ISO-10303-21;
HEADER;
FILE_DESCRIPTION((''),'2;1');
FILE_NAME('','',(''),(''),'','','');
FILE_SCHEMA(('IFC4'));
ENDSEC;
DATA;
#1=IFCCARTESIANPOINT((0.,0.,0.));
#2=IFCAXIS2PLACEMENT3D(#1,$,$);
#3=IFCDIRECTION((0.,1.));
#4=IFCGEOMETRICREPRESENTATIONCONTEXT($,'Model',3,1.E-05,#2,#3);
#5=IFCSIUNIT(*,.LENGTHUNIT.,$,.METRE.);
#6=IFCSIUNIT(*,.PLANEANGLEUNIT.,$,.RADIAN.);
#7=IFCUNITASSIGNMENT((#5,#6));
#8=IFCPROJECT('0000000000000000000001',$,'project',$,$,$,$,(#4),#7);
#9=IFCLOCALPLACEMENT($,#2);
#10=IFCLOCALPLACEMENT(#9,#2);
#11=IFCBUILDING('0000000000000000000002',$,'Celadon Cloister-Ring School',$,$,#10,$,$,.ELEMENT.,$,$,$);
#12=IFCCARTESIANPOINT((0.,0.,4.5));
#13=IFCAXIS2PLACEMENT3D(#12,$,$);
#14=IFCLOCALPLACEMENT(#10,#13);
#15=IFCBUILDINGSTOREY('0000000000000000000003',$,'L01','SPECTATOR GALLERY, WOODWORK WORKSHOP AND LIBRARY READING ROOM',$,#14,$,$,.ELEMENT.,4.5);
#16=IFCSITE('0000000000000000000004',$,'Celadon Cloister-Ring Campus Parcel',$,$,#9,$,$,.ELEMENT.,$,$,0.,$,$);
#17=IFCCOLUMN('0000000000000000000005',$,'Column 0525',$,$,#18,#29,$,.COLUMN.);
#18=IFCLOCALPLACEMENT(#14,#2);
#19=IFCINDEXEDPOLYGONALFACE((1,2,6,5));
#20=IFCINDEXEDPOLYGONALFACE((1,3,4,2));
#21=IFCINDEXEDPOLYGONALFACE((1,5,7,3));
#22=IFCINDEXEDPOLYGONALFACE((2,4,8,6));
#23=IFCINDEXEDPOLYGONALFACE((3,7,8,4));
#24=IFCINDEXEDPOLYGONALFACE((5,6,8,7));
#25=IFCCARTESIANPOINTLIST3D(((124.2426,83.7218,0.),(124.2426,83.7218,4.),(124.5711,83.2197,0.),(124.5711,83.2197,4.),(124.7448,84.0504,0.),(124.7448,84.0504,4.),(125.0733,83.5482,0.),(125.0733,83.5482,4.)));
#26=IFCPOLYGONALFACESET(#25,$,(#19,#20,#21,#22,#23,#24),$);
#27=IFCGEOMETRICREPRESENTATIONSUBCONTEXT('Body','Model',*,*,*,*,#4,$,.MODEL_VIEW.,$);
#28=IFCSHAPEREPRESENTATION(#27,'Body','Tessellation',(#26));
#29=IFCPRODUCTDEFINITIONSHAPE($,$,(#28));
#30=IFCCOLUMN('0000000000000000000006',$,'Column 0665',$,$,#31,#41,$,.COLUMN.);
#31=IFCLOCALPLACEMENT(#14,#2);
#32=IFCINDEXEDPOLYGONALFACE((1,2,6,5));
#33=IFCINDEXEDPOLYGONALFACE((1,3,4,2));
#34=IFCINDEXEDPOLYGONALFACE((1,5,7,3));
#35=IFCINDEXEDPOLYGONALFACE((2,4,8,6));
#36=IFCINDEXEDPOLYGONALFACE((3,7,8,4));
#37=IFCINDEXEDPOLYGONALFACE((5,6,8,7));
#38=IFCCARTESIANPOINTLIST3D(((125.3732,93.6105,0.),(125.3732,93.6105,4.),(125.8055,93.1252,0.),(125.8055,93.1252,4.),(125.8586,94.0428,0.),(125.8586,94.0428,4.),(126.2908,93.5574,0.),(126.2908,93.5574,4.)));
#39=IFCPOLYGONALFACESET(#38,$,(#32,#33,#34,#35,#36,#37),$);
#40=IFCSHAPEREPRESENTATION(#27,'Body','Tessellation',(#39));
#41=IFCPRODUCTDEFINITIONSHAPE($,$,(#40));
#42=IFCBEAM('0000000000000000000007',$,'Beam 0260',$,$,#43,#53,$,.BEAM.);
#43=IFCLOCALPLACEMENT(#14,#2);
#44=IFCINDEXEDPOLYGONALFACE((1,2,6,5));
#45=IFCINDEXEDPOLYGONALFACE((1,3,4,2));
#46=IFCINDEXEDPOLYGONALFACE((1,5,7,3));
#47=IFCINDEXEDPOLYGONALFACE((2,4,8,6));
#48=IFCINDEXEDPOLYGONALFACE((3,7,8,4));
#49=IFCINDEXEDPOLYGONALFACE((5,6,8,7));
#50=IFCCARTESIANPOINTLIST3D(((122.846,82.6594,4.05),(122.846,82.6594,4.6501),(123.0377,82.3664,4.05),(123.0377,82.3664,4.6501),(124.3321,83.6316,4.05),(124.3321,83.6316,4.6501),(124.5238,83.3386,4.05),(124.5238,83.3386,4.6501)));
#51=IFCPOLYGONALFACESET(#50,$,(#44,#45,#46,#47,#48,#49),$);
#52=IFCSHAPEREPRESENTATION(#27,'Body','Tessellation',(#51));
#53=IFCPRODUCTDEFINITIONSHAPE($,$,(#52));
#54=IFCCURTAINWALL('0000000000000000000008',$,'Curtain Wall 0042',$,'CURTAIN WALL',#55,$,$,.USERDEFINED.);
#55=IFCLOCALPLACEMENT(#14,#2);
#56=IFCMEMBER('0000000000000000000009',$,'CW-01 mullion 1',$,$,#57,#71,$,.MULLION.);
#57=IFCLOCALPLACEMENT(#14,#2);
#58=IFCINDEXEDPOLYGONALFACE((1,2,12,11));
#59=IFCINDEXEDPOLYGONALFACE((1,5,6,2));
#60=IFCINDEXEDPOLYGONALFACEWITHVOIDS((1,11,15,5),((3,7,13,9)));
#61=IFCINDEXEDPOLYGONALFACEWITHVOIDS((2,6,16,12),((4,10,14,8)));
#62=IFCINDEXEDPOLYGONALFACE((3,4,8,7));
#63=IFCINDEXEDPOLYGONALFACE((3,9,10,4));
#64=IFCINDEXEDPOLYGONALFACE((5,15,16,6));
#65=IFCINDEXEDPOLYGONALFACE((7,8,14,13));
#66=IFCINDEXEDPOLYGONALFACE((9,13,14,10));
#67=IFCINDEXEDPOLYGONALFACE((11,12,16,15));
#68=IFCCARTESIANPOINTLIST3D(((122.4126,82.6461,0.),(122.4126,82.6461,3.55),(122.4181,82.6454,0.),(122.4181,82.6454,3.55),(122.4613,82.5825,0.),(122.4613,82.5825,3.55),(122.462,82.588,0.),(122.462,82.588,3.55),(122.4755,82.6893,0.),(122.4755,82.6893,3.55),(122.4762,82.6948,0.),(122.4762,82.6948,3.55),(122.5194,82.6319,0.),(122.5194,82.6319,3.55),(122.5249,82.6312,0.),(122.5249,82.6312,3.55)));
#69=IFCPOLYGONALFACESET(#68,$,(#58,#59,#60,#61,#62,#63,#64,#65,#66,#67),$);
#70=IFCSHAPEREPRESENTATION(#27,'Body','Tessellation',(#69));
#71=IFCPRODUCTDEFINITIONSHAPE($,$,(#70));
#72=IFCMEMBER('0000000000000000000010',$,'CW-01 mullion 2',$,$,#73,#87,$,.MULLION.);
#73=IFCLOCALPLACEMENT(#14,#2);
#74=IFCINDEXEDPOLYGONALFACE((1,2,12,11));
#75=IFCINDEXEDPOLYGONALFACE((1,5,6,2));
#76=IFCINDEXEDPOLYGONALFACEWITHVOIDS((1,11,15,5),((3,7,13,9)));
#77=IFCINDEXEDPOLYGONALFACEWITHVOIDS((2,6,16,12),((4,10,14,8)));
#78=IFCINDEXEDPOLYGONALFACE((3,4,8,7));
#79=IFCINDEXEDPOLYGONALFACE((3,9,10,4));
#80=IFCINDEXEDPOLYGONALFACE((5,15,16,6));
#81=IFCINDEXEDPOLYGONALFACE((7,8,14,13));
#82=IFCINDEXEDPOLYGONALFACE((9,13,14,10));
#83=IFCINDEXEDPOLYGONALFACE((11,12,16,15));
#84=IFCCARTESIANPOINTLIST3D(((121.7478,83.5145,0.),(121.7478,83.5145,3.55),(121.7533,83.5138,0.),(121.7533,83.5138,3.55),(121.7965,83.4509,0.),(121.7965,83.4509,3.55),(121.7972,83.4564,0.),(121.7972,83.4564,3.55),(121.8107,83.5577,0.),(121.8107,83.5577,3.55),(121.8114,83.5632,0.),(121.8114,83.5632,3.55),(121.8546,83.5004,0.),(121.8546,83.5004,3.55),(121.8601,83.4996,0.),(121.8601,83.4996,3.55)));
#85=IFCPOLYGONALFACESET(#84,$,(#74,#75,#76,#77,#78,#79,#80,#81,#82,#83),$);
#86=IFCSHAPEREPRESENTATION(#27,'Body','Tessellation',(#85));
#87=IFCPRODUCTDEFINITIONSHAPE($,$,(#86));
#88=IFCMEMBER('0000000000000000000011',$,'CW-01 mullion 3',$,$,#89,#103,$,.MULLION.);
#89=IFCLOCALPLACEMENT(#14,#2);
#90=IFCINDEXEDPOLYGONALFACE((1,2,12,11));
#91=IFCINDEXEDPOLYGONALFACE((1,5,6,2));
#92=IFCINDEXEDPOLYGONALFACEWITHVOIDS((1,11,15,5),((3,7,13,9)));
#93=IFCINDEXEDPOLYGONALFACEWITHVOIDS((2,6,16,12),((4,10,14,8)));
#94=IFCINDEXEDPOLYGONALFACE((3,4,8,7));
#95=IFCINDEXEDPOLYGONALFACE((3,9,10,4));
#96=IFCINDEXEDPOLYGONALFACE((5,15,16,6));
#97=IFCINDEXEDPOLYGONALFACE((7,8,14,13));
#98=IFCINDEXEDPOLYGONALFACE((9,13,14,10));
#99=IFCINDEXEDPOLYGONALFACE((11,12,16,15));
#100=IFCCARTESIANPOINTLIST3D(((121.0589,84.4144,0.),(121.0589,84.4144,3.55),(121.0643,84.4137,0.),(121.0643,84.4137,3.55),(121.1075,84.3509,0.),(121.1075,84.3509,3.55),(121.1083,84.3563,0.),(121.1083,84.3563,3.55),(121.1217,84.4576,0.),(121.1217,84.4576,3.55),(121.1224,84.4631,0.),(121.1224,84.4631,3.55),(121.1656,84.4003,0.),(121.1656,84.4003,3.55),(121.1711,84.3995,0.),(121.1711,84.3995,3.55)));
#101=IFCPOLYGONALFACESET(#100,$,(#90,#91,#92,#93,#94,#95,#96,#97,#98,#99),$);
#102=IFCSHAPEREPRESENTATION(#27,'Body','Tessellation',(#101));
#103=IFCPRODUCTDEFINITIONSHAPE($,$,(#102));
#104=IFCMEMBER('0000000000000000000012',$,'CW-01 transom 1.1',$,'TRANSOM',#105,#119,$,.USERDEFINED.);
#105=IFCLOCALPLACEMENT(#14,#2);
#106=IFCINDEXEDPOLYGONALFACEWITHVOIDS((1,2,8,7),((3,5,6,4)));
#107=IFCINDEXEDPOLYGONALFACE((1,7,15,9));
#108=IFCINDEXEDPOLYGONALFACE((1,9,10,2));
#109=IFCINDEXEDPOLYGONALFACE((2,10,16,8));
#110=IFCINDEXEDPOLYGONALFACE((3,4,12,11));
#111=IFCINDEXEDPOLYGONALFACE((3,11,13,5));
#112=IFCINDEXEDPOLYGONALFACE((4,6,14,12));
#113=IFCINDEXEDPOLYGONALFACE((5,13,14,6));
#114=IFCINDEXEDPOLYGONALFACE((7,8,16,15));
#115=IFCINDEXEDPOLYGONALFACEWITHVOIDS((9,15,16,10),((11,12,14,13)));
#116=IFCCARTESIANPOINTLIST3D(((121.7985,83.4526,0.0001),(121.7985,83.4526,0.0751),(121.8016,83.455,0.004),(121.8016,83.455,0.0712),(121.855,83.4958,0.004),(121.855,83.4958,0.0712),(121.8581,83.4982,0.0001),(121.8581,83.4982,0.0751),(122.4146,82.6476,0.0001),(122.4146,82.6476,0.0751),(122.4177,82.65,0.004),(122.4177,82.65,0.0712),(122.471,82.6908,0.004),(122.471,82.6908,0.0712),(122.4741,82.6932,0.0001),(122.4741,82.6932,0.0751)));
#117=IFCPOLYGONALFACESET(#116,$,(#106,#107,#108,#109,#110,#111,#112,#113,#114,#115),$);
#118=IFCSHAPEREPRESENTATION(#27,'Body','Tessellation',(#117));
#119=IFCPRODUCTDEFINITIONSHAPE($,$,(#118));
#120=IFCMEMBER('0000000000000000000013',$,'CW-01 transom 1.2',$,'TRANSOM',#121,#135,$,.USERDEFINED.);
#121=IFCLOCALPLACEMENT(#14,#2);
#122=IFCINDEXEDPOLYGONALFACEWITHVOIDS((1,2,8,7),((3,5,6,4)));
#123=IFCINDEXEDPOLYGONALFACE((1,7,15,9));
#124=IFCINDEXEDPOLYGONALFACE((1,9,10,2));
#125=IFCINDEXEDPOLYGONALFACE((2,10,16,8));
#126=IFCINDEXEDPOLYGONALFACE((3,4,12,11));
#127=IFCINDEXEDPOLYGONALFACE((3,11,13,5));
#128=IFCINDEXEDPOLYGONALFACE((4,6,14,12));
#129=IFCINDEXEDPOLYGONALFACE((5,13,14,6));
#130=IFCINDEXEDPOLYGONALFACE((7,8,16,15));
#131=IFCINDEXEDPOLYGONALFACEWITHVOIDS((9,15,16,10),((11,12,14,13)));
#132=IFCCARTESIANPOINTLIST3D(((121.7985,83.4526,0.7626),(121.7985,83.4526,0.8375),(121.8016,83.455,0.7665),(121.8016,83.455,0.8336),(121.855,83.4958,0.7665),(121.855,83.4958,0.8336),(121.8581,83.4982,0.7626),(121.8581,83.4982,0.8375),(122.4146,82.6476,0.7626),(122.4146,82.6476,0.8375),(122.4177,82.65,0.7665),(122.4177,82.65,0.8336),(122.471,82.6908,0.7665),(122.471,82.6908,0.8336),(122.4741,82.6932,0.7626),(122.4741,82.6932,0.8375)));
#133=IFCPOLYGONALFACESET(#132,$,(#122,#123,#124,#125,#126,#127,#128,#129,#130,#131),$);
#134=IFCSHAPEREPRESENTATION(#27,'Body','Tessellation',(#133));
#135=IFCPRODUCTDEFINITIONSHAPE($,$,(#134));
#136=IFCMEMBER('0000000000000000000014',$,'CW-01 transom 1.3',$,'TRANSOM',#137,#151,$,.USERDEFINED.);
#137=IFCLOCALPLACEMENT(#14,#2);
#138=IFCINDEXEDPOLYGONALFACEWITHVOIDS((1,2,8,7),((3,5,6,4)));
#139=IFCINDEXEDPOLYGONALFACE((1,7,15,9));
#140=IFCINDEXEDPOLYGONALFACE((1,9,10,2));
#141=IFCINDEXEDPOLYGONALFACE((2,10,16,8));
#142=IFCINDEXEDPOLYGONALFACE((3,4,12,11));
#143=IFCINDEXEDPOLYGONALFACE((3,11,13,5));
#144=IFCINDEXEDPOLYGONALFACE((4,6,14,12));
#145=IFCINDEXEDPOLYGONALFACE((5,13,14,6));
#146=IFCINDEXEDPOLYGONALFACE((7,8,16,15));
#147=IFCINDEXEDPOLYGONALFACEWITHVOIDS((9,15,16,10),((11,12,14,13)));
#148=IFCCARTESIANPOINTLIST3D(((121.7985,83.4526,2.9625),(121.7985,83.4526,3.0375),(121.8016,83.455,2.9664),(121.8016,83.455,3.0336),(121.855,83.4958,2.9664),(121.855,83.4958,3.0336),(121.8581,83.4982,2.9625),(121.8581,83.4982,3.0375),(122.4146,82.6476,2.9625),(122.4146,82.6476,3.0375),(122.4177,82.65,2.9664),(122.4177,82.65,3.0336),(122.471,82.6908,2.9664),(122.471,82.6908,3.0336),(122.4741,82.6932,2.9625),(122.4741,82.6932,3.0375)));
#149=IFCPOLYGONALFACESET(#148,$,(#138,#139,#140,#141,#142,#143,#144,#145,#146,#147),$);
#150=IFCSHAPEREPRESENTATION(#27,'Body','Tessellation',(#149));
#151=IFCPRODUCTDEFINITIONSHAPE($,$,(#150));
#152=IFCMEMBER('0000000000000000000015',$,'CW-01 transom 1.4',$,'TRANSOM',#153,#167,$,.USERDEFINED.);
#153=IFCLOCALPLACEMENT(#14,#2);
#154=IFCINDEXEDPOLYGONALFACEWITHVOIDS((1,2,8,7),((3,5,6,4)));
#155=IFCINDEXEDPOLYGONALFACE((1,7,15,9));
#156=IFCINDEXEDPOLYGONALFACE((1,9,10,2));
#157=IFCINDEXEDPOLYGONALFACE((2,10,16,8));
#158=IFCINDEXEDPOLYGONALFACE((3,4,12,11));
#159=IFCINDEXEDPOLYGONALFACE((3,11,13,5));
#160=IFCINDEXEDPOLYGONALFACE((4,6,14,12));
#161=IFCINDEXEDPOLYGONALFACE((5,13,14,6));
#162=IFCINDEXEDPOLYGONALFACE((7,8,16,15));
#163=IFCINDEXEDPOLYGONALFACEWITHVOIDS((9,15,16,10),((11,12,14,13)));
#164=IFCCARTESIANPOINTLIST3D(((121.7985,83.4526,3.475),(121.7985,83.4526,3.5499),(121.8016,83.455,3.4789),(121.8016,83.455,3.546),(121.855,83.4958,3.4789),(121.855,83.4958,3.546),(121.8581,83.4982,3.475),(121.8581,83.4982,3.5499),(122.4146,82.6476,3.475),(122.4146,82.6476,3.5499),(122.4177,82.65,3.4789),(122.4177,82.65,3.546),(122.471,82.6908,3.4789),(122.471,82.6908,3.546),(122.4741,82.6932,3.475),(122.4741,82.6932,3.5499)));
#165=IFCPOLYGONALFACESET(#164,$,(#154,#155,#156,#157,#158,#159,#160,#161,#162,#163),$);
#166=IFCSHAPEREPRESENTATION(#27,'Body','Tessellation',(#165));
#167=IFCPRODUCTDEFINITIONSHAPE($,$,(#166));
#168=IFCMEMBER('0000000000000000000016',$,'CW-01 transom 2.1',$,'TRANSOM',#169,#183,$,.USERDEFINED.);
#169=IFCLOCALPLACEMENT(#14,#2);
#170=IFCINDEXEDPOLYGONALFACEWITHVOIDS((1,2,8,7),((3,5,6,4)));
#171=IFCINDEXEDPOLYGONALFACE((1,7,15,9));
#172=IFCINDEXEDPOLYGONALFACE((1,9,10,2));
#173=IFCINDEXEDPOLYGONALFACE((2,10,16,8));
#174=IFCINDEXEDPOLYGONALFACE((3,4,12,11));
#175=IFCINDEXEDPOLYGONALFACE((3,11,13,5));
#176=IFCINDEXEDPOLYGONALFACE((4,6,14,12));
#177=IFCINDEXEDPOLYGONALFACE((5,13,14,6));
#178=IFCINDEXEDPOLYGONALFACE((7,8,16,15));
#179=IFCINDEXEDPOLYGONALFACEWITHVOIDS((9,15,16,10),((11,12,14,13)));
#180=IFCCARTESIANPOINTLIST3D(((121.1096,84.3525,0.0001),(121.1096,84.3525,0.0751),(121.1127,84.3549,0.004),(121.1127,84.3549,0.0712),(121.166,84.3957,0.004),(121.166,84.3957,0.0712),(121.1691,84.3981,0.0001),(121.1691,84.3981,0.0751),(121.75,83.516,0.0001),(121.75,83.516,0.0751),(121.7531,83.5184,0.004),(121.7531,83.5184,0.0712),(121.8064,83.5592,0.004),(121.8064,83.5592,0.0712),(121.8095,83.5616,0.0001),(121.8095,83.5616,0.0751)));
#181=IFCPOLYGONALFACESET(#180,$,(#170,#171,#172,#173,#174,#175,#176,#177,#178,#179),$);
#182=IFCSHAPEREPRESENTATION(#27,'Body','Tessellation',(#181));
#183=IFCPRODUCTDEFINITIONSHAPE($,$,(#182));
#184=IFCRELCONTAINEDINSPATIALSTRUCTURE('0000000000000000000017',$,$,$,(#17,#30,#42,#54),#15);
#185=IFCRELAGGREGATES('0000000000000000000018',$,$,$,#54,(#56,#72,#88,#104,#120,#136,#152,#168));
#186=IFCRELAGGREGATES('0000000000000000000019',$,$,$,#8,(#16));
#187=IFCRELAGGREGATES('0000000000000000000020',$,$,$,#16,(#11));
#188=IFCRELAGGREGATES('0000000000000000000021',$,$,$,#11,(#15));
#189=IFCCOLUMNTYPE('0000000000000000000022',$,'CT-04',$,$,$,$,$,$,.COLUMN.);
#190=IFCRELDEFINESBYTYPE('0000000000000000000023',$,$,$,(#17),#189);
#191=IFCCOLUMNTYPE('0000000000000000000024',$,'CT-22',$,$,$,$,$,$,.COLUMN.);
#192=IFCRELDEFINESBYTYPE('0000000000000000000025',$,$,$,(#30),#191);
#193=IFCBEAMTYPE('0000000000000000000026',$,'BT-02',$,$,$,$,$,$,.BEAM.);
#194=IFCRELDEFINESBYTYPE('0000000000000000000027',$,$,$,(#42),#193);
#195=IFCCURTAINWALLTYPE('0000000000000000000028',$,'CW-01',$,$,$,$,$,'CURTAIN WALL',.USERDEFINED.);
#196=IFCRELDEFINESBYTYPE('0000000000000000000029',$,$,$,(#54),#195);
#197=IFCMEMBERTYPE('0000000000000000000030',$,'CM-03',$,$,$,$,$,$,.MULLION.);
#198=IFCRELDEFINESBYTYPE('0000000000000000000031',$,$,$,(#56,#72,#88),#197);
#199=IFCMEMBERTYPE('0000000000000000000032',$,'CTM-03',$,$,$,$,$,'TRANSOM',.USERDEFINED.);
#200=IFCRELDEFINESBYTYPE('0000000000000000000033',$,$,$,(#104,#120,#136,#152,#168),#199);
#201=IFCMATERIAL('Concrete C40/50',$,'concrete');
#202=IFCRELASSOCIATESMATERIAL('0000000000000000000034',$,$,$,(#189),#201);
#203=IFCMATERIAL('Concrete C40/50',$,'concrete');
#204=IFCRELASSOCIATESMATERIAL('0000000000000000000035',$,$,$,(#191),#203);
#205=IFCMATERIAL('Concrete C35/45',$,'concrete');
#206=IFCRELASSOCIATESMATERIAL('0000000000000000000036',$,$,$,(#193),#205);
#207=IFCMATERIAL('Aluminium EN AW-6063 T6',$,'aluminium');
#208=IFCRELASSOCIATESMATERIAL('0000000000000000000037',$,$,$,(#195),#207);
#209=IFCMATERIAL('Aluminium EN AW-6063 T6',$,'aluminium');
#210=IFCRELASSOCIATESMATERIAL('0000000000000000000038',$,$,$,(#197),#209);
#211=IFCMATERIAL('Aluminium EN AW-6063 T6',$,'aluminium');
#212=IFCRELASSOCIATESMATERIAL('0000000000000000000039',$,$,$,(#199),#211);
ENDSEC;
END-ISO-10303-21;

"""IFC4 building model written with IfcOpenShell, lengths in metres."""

from ifc_helpers import new_model, si_unit, direction, frame, origin, origin_2d, place, context, subcontext, project, spatial, rectangle, hollow_rectangle, extrude, material, material_profile, profile_set, type_object, element, aggregate, save


model = new_model("IFC4")

# Units and contexts
model_context = context("Model", 3, precision=1e-05, world=origin(), true_north=direction((0.0, 1.0)))
body_context = subcontext(model_context, "Body", "Model", "MODEL_VIEW")
ifc_project = project(units=[si_unit("LENGTHUNIT", "METRE"), si_unit("PLANEANGLEUNIT", "RADIAN")], contexts=[model_context])

# Site, building, storey
site_placement = place(None, origin())
site = spatial("IfcSite", under=ifc_project, at=site_placement, Name="Celadon Cloister-Ring Campus Parcel", CompositionType="ELEMENT", RefElevation=0.0)
building_placement = place(site_placement, origin())
building = spatial("IfcBuilding", under=site, at=building_placement, Name="Celadon Cloister-Ring School", CompositionType="ELEMENT")
storey_placement = place(building_placement, frame((0.0, 0.0, 4.5)))
storey = spatial("IfcBuildingStorey", under=building, at=storey_placement, Name="L01", Description="SPECTATOR GALLERY, WOODWORK WORKSHOP AND LIBRARY READING ROOM", CompositionType="ELEMENT", Elevation=4.5)

# Columns
ifc_material_1 = material(Name="Concrete C40/50", Category="concrete")
ifc_material_profile_1 = material_profile(ifc_material_1, rectangle(XDim=0.6001, YDim=0.6001, at=origin_2d()), Name="RC600X600")
ifc_profile_set_1 = profile_set([ifc_material_profile_1], Name="Concrete C40/50")
column_type_1 = type_object("IfcColumnType", Name="CT-04", PredefinedType="COLUMN", material=ifc_profile_set_1)
column_1_placement = place(storey_placement, frame((124.658, 83.635, 0.0), z_axis=(0.0, 0.0, 1.0), x_axis=(0.836841, 0.547446, 0.0)))
element("IfcColumn", 1, at=column_1_placement, inside=storey, type_object=column_type_1, Name="Column 0525", PredefinedType="COLUMN", context=body_context, shape_type="SweptSolid", body=[
    extrude(rectangle(XDim=0.6001, YDim=0.6001, at=origin_2d()), origin(), (0.0, 0.0, 1.0), 4.0),
])
ifc_material_2 = material(Name="Concrete C40/50", Category="concrete")
ifc_material_profile_2 = material_profile(ifc_material_2, rectangle(XDim=0.6499, YDim=0.6499, at=origin_2d()), Name="RC650X650")
ifc_profile_set_2 = profile_set([ifc_material_profile_2], Name="Concrete C40/50")
column_type_2 = type_object("IfcColumnType", Name="CT-22", PredefinedType="COLUMN", material=ifc_profile_set_2)
column_2_placement = place(storey_placement, frame((125.832, 93.584, 0.0), z_axis=(0.0, 0.0, 1.0), x_axis=(0.746777, 0.665074, 0.0)))
element("IfcColumn", 2, at=column_2_placement, inside=storey, type_object=column_type_2, Name="Column 0665", PredefinedType="COLUMN", context=body_context, shape_type="SweptSolid", body=[
    extrude(rectangle(XDim=0.6499, YDim=0.6499, at=origin_2d()), origin(), (0.0, 0.0, 1.0), 4.0),
])

# Beam
ifc_material_3 = material(Name="Concrete C35/45", Category="concrete")
ifc_material_profile_3 = material_profile(ifc_material_3, rectangle(XDim=0.3501, YDim=0.6001, at=origin_2d()), Name="RC350X600")
ifc_profile_set_3 = profile_set([ifc_material_profile_3], Name="Concrete C35/45")
beam_type_1 = type_object("IfcBeamType", Name="BT-02", PredefinedType="BEAM", material=ifc_profile_set_3)
beam_1_placement = place(storey_placement, frame((124.428, 83.4851, 4.3501), z_axis=(-0.836841, -0.547446, 0.0), x_axis=(0.547446, -0.836841, 0.0)))
element("IfcBeam", 3, at=beam_1_placement, inside=storey, type_object=beam_type_1, Name="Beam 0260", PredefinedType="BEAM", context=body_context, shape_type="SweptSolid", body=[
    extrude(rectangle(XDim=0.3501, YDim=0.6001, at=origin_2d()), origin(), (0.0, 0.0, 1.0), 1.7759),
])

# Curtain wall, members
ifc_material_4 = material(Name="Aluminium EN AW-6063 T6", Category="aluminium")
curtain_wall_type = type_object("IfcCurtainWallType", Name="CW-01", ElementType="CURTAIN WALL", PredefinedType="USERDEFINED", material=ifc_material_4)
curtain_wall_placement = place(storey_placement, origin())
curtain_wall = element("IfcCurtainWall", 4, at=curtain_wall_placement, inside=storey, type_object=curtain_wall_type, Name="Curtain Wall 0042", ObjectType="CURTAIN WALL", PredefinedType="USERDEFINED")
ifc_material_5 = material(Name="Aluminium EN AW-6063 T6", Category="aluminium")
ifc_material_profile_4 = material_profile(ifc_material_5, hollow_rectangle(XDim=0.0801, YDim=0.0801, WallThickness=0.0039, at=origin_2d()), Name="RHS80X80X4")
ifc_profile_set_4 = profile_set([ifc_material_profile_4], Name="Aluminium EN AW-6063 T6")
member_type_1 = type_object("IfcMemberType", Name="CM-03", PredefinedType="MULLION", material=ifc_profile_set_4)
member_1_placement = place(storey_placement, frame((122.4688, 82.6387, 0.0), z_axis=(0.0, 0.0, 1.0), x_axis=(-0.794032, -0.607876, 0.0)))
member_1 = element("IfcMember", 5, at=member_1_placement, type_object=member_type_1, Name="CW-01 mullion 1", PredefinedType="MULLION", context=body_context, shape_type="SweptSolid", body=[
    extrude(hollow_rectangle(XDim=0.0801, YDim=0.0801, WallThickness=0.0039, at=origin_2d()), origin(), (0.0, 0.0, 1.0), 3.55),
])
member_2_placement = place(storey_placement, frame((121.804, 83.5071, 0.0), z_axis=(0.0, 0.0, 1.0), x_axis=(-0.794032, -0.607876, 0.0)))
member_2 = element("IfcMember", 6, at=member_2_placement, type_object=member_type_1, Name="CW-01 mullion 2", PredefinedType="MULLION", context=body_context, shape_type="SweptSolid", body=[
    extrude(hollow_rectangle(XDim=0.0801, YDim=0.0801, WallThickness=0.0039, at=origin_2d()), origin(), (0.0, 0.0, 1.0), 3.55),
])
member_3_placement = place(storey_placement, frame((121.115, 84.407, 0.0), z_axis=(0.0, 0.0, 1.0), x_axis=(-0.794032, -0.607876, 0.0)))
member_3 = element("IfcMember", 7, at=member_3_placement, type_object=member_type_1, Name="CW-01 mullion 3", PredefinedType="MULLION", context=body_context, shape_type="SweptSolid", body=[
    extrude(hollow_rectangle(XDim=0.0801, YDim=0.0801, WallThickness=0.0039, at=origin_2d()), origin(), (0.0, 0.0, 1.0), 3.55),
])
ifc_material_6 = material(Name="Aluminium EN AW-6063 T6", Category="aluminium")
ifc_material_profile_5 = material_profile(ifc_material_6, hollow_rectangle(XDim=0.075, YDim=0.075, WallThickness=0.0039, at=origin_2d()), Name="RHS75X75X4")
ifc_profile_set_5 = profile_set([ifc_material_profile_5], Name="Aluminium EN AW-6063 T6")
member_type_2 = type_object("IfcMemberType", Name="CTM-03", ElementType="TRANSOM", PredefinedType="USERDEFINED", material=ifc_profile_set_5)
member_4_placement = place(storey_placement, frame((122.4443, 82.6704, 0.0376), z_axis=(-0.607718, 0.794153, 0.0), x_axis=(-0.794153, -0.607718, 0.0)))
member_4 = element("IfcMember", 8, at=member_4_placement, type_object=member_type_2, Name="CW-01 transom 1.1", ObjectType="TRANSOM", PredefinedType="USERDEFINED", context=body_context, shape_type="SweptSolid", body=[
    extrude(hollow_rectangle(XDim=0.075, YDim=0.075, WallThickness=0.0039, at=origin_2d()), origin(), (0.0, 0.0, 1.0), 1.0137),
])
member_5_placement = place(storey_placement, frame((122.4443, 82.6704, 0.8), z_axis=(-0.607718, 0.794153, 0.0), x_axis=(-0.794153, -0.607718, 0.0)))
member_5 = element("IfcMember", 9, at=member_5_placement, type_object=member_type_2, Name="CW-01 transom 1.2", ObjectType="TRANSOM", PredefinedType="USERDEFINED", context=body_context, shape_type="SweptSolid", body=[
    extrude(hollow_rectangle(XDim=0.075, YDim=0.075, WallThickness=0.0039, at=origin_2d()), origin(), (0.0, 0.0, 1.0), 1.0137),
])
member_6_placement = place(storey_placement, frame((122.4443, 82.6704, 3.0), z_axis=(-0.607718, 0.794153, 0.0), x_axis=(-0.794153, -0.607718, 0.0)))
member_6 = element("IfcMember", 10, at=member_6_placement, type_object=member_type_2, Name="CW-01 transom 1.3", ObjectType="TRANSOM", PredefinedType="USERDEFINED", context=body_context, shape_type="SweptSolid", body=[
    extrude(hollow_rectangle(XDim=0.075, YDim=0.075, WallThickness=0.0039, at=origin_2d()), origin(), (0.0, 0.0, 1.0), 1.0137),
])
member_7_placement = place(storey_placement, frame((122.4443, 82.6704, 3.5125), z_axis=(-0.607718, 0.794153, 0.0), x_axis=(-0.794153, -0.607718, 0.0)))
member_7 = element("IfcMember", 11, at=member_7_placement, type_object=member_type_2, Name="CW-01 transom 1.4", ObjectType="TRANSOM", PredefinedType="USERDEFINED", context=body_context, shape_type="SweptSolid", body=[
    extrude(hollow_rectangle(XDim=0.075, YDim=0.075, WallThickness=0.0039, at=origin_2d()), origin(), (0.0, 0.0, 1.0), 1.0137),
])
member_8_placement = place(storey_placement, frame((121.7798, 83.5388, 0.0376), z_axis=(-0.607906, 0.794009, 0.0), x_axis=(-0.794009, -0.607906, 0.0)))
member_8 = element("IfcMember", 12, at=member_8_placement, type_object=member_type_2, Name="CW-01 transom 2.1", ObjectType="TRANSOM", PredefinedType="USERDEFINED", context=body_context, shape_type="SweptSolid", body=[
    extrude(hollow_rectangle(XDim=0.075, YDim=0.075, WallThickness=0.0039, at=origin_2d()), origin(), (0.0, 0.0, 1.0), 1.0535),
])

aggregate(curtain_wall, [member_1, member_2, member_3, member_4, member_5, member_6, member_7, member_8])

save(model, "model.ifc")
